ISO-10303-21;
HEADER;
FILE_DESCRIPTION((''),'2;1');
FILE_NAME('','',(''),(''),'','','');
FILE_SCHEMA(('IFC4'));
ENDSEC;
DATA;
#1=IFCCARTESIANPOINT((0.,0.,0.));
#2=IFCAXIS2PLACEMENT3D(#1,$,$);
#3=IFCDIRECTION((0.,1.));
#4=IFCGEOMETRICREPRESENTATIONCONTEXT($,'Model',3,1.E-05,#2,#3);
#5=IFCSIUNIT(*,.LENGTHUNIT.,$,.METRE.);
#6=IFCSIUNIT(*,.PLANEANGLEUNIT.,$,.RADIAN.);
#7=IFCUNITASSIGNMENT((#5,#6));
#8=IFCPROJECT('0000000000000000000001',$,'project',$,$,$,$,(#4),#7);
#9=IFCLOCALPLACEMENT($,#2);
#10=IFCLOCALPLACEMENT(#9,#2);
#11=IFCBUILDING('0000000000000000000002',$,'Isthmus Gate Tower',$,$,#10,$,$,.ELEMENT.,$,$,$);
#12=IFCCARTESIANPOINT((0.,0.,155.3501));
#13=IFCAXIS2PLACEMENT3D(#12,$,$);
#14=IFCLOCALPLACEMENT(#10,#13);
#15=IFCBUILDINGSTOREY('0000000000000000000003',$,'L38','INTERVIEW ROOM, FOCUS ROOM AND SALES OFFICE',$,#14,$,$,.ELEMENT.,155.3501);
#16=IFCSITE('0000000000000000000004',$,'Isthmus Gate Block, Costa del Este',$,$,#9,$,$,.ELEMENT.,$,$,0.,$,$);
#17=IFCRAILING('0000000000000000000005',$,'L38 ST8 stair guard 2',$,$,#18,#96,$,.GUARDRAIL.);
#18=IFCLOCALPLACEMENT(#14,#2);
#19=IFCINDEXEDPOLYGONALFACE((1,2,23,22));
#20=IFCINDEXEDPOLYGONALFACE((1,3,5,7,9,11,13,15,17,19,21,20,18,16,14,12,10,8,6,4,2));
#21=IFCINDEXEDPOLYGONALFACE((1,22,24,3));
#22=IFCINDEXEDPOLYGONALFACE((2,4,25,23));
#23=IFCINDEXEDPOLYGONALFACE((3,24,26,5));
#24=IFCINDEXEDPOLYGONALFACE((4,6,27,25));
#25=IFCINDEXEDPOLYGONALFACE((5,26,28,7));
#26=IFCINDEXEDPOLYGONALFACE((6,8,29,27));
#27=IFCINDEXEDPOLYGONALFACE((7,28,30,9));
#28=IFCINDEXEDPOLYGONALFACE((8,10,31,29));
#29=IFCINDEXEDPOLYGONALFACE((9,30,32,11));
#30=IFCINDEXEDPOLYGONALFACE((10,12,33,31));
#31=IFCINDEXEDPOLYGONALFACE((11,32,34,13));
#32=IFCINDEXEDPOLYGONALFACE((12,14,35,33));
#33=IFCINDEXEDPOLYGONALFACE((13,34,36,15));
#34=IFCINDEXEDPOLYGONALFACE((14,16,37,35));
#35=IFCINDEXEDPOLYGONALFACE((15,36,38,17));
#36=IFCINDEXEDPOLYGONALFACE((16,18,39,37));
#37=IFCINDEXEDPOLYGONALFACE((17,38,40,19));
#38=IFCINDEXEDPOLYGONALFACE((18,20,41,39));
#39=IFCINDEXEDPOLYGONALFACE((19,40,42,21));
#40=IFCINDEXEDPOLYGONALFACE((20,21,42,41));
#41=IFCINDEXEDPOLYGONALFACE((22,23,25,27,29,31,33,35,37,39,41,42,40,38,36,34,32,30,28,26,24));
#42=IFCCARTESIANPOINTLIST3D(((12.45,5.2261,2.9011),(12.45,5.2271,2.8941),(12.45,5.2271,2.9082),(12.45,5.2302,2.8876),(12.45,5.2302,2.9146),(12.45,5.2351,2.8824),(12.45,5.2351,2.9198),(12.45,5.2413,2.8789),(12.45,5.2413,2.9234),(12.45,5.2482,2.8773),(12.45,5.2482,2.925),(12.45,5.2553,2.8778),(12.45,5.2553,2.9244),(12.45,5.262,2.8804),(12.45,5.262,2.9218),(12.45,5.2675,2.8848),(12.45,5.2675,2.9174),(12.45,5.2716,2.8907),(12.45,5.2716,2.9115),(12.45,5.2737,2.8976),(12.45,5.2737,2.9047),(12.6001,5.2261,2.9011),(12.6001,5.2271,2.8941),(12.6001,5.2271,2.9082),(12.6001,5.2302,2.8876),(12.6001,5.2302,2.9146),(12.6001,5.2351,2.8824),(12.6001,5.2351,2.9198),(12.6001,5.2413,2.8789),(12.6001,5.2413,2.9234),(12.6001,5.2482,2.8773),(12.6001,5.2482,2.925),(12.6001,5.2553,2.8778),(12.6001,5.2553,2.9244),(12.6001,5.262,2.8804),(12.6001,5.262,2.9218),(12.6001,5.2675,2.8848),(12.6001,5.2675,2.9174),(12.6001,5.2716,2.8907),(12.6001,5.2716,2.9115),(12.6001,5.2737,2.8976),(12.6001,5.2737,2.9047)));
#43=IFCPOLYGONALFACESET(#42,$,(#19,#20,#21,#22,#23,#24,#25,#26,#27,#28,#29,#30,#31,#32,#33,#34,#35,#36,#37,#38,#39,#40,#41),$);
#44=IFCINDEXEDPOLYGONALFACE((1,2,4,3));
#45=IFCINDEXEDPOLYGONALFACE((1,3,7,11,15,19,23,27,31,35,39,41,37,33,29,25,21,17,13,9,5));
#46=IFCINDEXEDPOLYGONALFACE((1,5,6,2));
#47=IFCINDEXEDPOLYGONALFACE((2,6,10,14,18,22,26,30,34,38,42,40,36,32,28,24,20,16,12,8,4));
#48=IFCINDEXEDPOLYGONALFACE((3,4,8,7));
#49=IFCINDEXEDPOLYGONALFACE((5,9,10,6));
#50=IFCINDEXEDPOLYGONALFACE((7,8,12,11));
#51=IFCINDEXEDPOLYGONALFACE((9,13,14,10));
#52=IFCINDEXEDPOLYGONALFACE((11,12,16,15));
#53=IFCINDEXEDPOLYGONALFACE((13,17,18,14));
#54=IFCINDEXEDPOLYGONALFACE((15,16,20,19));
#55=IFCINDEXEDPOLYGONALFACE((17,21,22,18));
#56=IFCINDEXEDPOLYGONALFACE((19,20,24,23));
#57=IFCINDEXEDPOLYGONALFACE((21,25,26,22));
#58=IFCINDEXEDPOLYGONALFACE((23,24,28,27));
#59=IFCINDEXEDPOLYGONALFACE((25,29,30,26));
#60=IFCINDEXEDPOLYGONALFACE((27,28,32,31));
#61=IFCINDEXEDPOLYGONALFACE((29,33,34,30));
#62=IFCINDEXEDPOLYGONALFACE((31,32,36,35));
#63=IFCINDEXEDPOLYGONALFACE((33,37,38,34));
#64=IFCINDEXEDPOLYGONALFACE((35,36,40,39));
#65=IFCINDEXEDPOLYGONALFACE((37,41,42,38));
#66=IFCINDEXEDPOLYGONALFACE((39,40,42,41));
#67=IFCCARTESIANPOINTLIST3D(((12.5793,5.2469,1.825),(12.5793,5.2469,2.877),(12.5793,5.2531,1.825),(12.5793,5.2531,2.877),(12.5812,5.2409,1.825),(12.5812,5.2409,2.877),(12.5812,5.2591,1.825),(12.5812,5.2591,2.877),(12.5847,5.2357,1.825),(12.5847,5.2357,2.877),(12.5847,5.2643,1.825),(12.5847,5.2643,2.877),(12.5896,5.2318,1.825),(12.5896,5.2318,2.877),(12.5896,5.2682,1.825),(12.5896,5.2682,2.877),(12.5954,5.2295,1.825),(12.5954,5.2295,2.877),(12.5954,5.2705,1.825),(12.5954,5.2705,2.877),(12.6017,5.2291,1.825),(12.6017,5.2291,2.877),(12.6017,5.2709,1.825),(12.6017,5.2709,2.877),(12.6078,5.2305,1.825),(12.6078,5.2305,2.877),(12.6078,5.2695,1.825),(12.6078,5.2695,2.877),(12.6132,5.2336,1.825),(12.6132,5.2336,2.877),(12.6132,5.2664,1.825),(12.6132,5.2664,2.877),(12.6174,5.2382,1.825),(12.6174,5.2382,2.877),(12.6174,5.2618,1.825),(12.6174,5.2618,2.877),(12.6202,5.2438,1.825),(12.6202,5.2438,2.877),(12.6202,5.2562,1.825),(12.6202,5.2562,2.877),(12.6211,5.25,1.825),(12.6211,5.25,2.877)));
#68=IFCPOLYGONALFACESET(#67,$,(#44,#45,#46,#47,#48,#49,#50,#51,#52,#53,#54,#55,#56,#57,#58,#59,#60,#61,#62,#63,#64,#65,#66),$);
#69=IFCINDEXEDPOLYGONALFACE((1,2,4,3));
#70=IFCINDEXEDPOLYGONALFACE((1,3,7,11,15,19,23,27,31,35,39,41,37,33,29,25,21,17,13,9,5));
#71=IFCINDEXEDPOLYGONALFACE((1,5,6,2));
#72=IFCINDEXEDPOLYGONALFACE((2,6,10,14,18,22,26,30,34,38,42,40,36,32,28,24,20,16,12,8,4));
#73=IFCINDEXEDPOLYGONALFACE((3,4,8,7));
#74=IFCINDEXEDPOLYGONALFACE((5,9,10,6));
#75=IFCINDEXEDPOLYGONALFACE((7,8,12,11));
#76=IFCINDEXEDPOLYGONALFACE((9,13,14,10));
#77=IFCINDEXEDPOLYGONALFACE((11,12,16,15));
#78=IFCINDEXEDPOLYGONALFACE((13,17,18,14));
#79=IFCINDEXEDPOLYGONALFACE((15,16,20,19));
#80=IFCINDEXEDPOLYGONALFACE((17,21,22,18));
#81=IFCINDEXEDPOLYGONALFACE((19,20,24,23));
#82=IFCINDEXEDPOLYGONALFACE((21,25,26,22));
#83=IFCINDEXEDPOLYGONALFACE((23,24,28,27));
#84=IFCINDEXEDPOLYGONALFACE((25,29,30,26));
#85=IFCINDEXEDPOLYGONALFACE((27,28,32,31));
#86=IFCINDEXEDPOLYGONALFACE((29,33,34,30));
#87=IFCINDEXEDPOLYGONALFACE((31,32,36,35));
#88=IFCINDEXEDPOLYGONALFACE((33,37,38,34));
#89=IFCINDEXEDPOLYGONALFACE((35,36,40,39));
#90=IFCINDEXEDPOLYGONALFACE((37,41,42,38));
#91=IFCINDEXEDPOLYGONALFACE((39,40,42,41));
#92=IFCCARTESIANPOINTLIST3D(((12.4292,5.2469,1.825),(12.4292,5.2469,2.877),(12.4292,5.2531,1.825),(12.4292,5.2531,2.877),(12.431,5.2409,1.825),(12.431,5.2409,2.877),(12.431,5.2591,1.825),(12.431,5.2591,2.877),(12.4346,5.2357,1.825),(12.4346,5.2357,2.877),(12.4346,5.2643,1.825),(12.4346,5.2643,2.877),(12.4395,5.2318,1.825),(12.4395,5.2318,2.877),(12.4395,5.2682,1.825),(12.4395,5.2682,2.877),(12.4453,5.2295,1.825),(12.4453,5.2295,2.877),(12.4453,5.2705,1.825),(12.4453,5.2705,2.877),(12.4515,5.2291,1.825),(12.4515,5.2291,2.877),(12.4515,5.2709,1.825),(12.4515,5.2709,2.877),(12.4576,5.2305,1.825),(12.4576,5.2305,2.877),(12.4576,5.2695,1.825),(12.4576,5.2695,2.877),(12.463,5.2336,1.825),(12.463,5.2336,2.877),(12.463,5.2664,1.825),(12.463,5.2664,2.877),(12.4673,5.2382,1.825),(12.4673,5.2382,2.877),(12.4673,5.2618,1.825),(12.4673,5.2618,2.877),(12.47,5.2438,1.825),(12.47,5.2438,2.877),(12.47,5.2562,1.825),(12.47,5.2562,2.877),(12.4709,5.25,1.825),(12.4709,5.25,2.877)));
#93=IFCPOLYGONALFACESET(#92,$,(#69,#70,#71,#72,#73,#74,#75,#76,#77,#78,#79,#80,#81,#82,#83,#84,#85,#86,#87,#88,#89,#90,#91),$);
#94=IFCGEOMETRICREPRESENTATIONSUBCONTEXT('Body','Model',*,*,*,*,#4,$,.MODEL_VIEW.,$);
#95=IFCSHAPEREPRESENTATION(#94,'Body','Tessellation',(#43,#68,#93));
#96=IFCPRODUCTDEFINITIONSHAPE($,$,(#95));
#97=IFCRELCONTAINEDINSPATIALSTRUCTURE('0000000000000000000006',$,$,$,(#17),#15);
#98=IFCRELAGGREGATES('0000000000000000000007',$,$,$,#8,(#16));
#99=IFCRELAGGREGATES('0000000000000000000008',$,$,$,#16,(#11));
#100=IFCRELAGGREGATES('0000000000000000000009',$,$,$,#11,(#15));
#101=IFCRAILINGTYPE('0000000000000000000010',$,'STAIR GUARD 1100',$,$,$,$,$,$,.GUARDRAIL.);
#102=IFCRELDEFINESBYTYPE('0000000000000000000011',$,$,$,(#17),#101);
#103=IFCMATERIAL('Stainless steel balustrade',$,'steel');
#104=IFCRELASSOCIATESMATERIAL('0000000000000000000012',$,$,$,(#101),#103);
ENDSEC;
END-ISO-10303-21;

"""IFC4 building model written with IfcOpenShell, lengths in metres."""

from ifc_helpers import new_model, si_unit, direction, frame, origin, origin_2d, place, context, subcontext, project, spatial, circle, extrude, material, type_object, element, save


model = new_model("IFC4")

# Units and contexts
model_context = context("Model", 3, precision=1e-05, world=origin(), true_north=direction((0.0, 1.0)))
body_context = subcontext(model_context, "Body", "Model", "MODEL_VIEW")
ifc_project = project(units=[si_unit("LENGTHUNIT", "METRE"), si_unit("PLANEANGLEUNIT", "RADIAN")], contexts=[model_context])

# Site, building, storey
site_placement = place(None, origin())
site = spatial("IfcSite", under=ifc_project, at=site_placement, Name="Isthmus Gate Block, Costa del Este", CompositionType="ELEMENT", RefElevation=0.0)
building_placement = place(site_placement, origin())
building = spatial("IfcBuilding", under=site, at=building_placement, Name="Isthmus Gate Tower", CompositionType="ELEMENT")
storey_placement = place(building_placement, frame((0.0, 0.0, 155.3501)))
storey = spatial("IfcBuildingStorey", under=building, at=storey_placement, Name="L38", Description="INTERVIEW ROOM, FOCUS ROOM AND SALES OFFICE", CompositionType="ELEMENT", Elevation=155.3501)

# Railing
ifc_material_1 = material(Name="Stainless steel balustrade", Category="steel")
railing_type_1 = type_object("IfcRailingType", Name="STAIR GUARD 1100", PredefinedType="GUARDRAIL", material=ifc_material_1)
railing_1_placement = place(storey_placement, frame((12.6001, 5.25, 1.825)))
element("IfcRailing", 1, at=railing_1_placement, inside=storey, type_object=railing_type_1, Name="L38 ST8 stair guard 2", PredefinedType="GUARDRAIL", context=body_context, shape_type="SweptSolid", body=[
    extrude(circle(Radius=0.0239, at=origin_2d()), frame((0.0, 0.0, 1.0762), z_axis=(-1.0, 0.0, 0.0), x_axis=(0.0, -1.0, 0.0)), (0.0, 0.0, 1.0), 0.1501),
    extrude(circle(Radius=0.021, at=origin_2d()), origin(), (0.0, 0.0, 1.0), 1.052),
    extrude(circle(Radius=0.021, at=origin_2d()), frame((-0.1501, 0.0, 0.0)), (0.0, 0.0, 1.0), 1.052),
])

save(model, "model.ifc")
